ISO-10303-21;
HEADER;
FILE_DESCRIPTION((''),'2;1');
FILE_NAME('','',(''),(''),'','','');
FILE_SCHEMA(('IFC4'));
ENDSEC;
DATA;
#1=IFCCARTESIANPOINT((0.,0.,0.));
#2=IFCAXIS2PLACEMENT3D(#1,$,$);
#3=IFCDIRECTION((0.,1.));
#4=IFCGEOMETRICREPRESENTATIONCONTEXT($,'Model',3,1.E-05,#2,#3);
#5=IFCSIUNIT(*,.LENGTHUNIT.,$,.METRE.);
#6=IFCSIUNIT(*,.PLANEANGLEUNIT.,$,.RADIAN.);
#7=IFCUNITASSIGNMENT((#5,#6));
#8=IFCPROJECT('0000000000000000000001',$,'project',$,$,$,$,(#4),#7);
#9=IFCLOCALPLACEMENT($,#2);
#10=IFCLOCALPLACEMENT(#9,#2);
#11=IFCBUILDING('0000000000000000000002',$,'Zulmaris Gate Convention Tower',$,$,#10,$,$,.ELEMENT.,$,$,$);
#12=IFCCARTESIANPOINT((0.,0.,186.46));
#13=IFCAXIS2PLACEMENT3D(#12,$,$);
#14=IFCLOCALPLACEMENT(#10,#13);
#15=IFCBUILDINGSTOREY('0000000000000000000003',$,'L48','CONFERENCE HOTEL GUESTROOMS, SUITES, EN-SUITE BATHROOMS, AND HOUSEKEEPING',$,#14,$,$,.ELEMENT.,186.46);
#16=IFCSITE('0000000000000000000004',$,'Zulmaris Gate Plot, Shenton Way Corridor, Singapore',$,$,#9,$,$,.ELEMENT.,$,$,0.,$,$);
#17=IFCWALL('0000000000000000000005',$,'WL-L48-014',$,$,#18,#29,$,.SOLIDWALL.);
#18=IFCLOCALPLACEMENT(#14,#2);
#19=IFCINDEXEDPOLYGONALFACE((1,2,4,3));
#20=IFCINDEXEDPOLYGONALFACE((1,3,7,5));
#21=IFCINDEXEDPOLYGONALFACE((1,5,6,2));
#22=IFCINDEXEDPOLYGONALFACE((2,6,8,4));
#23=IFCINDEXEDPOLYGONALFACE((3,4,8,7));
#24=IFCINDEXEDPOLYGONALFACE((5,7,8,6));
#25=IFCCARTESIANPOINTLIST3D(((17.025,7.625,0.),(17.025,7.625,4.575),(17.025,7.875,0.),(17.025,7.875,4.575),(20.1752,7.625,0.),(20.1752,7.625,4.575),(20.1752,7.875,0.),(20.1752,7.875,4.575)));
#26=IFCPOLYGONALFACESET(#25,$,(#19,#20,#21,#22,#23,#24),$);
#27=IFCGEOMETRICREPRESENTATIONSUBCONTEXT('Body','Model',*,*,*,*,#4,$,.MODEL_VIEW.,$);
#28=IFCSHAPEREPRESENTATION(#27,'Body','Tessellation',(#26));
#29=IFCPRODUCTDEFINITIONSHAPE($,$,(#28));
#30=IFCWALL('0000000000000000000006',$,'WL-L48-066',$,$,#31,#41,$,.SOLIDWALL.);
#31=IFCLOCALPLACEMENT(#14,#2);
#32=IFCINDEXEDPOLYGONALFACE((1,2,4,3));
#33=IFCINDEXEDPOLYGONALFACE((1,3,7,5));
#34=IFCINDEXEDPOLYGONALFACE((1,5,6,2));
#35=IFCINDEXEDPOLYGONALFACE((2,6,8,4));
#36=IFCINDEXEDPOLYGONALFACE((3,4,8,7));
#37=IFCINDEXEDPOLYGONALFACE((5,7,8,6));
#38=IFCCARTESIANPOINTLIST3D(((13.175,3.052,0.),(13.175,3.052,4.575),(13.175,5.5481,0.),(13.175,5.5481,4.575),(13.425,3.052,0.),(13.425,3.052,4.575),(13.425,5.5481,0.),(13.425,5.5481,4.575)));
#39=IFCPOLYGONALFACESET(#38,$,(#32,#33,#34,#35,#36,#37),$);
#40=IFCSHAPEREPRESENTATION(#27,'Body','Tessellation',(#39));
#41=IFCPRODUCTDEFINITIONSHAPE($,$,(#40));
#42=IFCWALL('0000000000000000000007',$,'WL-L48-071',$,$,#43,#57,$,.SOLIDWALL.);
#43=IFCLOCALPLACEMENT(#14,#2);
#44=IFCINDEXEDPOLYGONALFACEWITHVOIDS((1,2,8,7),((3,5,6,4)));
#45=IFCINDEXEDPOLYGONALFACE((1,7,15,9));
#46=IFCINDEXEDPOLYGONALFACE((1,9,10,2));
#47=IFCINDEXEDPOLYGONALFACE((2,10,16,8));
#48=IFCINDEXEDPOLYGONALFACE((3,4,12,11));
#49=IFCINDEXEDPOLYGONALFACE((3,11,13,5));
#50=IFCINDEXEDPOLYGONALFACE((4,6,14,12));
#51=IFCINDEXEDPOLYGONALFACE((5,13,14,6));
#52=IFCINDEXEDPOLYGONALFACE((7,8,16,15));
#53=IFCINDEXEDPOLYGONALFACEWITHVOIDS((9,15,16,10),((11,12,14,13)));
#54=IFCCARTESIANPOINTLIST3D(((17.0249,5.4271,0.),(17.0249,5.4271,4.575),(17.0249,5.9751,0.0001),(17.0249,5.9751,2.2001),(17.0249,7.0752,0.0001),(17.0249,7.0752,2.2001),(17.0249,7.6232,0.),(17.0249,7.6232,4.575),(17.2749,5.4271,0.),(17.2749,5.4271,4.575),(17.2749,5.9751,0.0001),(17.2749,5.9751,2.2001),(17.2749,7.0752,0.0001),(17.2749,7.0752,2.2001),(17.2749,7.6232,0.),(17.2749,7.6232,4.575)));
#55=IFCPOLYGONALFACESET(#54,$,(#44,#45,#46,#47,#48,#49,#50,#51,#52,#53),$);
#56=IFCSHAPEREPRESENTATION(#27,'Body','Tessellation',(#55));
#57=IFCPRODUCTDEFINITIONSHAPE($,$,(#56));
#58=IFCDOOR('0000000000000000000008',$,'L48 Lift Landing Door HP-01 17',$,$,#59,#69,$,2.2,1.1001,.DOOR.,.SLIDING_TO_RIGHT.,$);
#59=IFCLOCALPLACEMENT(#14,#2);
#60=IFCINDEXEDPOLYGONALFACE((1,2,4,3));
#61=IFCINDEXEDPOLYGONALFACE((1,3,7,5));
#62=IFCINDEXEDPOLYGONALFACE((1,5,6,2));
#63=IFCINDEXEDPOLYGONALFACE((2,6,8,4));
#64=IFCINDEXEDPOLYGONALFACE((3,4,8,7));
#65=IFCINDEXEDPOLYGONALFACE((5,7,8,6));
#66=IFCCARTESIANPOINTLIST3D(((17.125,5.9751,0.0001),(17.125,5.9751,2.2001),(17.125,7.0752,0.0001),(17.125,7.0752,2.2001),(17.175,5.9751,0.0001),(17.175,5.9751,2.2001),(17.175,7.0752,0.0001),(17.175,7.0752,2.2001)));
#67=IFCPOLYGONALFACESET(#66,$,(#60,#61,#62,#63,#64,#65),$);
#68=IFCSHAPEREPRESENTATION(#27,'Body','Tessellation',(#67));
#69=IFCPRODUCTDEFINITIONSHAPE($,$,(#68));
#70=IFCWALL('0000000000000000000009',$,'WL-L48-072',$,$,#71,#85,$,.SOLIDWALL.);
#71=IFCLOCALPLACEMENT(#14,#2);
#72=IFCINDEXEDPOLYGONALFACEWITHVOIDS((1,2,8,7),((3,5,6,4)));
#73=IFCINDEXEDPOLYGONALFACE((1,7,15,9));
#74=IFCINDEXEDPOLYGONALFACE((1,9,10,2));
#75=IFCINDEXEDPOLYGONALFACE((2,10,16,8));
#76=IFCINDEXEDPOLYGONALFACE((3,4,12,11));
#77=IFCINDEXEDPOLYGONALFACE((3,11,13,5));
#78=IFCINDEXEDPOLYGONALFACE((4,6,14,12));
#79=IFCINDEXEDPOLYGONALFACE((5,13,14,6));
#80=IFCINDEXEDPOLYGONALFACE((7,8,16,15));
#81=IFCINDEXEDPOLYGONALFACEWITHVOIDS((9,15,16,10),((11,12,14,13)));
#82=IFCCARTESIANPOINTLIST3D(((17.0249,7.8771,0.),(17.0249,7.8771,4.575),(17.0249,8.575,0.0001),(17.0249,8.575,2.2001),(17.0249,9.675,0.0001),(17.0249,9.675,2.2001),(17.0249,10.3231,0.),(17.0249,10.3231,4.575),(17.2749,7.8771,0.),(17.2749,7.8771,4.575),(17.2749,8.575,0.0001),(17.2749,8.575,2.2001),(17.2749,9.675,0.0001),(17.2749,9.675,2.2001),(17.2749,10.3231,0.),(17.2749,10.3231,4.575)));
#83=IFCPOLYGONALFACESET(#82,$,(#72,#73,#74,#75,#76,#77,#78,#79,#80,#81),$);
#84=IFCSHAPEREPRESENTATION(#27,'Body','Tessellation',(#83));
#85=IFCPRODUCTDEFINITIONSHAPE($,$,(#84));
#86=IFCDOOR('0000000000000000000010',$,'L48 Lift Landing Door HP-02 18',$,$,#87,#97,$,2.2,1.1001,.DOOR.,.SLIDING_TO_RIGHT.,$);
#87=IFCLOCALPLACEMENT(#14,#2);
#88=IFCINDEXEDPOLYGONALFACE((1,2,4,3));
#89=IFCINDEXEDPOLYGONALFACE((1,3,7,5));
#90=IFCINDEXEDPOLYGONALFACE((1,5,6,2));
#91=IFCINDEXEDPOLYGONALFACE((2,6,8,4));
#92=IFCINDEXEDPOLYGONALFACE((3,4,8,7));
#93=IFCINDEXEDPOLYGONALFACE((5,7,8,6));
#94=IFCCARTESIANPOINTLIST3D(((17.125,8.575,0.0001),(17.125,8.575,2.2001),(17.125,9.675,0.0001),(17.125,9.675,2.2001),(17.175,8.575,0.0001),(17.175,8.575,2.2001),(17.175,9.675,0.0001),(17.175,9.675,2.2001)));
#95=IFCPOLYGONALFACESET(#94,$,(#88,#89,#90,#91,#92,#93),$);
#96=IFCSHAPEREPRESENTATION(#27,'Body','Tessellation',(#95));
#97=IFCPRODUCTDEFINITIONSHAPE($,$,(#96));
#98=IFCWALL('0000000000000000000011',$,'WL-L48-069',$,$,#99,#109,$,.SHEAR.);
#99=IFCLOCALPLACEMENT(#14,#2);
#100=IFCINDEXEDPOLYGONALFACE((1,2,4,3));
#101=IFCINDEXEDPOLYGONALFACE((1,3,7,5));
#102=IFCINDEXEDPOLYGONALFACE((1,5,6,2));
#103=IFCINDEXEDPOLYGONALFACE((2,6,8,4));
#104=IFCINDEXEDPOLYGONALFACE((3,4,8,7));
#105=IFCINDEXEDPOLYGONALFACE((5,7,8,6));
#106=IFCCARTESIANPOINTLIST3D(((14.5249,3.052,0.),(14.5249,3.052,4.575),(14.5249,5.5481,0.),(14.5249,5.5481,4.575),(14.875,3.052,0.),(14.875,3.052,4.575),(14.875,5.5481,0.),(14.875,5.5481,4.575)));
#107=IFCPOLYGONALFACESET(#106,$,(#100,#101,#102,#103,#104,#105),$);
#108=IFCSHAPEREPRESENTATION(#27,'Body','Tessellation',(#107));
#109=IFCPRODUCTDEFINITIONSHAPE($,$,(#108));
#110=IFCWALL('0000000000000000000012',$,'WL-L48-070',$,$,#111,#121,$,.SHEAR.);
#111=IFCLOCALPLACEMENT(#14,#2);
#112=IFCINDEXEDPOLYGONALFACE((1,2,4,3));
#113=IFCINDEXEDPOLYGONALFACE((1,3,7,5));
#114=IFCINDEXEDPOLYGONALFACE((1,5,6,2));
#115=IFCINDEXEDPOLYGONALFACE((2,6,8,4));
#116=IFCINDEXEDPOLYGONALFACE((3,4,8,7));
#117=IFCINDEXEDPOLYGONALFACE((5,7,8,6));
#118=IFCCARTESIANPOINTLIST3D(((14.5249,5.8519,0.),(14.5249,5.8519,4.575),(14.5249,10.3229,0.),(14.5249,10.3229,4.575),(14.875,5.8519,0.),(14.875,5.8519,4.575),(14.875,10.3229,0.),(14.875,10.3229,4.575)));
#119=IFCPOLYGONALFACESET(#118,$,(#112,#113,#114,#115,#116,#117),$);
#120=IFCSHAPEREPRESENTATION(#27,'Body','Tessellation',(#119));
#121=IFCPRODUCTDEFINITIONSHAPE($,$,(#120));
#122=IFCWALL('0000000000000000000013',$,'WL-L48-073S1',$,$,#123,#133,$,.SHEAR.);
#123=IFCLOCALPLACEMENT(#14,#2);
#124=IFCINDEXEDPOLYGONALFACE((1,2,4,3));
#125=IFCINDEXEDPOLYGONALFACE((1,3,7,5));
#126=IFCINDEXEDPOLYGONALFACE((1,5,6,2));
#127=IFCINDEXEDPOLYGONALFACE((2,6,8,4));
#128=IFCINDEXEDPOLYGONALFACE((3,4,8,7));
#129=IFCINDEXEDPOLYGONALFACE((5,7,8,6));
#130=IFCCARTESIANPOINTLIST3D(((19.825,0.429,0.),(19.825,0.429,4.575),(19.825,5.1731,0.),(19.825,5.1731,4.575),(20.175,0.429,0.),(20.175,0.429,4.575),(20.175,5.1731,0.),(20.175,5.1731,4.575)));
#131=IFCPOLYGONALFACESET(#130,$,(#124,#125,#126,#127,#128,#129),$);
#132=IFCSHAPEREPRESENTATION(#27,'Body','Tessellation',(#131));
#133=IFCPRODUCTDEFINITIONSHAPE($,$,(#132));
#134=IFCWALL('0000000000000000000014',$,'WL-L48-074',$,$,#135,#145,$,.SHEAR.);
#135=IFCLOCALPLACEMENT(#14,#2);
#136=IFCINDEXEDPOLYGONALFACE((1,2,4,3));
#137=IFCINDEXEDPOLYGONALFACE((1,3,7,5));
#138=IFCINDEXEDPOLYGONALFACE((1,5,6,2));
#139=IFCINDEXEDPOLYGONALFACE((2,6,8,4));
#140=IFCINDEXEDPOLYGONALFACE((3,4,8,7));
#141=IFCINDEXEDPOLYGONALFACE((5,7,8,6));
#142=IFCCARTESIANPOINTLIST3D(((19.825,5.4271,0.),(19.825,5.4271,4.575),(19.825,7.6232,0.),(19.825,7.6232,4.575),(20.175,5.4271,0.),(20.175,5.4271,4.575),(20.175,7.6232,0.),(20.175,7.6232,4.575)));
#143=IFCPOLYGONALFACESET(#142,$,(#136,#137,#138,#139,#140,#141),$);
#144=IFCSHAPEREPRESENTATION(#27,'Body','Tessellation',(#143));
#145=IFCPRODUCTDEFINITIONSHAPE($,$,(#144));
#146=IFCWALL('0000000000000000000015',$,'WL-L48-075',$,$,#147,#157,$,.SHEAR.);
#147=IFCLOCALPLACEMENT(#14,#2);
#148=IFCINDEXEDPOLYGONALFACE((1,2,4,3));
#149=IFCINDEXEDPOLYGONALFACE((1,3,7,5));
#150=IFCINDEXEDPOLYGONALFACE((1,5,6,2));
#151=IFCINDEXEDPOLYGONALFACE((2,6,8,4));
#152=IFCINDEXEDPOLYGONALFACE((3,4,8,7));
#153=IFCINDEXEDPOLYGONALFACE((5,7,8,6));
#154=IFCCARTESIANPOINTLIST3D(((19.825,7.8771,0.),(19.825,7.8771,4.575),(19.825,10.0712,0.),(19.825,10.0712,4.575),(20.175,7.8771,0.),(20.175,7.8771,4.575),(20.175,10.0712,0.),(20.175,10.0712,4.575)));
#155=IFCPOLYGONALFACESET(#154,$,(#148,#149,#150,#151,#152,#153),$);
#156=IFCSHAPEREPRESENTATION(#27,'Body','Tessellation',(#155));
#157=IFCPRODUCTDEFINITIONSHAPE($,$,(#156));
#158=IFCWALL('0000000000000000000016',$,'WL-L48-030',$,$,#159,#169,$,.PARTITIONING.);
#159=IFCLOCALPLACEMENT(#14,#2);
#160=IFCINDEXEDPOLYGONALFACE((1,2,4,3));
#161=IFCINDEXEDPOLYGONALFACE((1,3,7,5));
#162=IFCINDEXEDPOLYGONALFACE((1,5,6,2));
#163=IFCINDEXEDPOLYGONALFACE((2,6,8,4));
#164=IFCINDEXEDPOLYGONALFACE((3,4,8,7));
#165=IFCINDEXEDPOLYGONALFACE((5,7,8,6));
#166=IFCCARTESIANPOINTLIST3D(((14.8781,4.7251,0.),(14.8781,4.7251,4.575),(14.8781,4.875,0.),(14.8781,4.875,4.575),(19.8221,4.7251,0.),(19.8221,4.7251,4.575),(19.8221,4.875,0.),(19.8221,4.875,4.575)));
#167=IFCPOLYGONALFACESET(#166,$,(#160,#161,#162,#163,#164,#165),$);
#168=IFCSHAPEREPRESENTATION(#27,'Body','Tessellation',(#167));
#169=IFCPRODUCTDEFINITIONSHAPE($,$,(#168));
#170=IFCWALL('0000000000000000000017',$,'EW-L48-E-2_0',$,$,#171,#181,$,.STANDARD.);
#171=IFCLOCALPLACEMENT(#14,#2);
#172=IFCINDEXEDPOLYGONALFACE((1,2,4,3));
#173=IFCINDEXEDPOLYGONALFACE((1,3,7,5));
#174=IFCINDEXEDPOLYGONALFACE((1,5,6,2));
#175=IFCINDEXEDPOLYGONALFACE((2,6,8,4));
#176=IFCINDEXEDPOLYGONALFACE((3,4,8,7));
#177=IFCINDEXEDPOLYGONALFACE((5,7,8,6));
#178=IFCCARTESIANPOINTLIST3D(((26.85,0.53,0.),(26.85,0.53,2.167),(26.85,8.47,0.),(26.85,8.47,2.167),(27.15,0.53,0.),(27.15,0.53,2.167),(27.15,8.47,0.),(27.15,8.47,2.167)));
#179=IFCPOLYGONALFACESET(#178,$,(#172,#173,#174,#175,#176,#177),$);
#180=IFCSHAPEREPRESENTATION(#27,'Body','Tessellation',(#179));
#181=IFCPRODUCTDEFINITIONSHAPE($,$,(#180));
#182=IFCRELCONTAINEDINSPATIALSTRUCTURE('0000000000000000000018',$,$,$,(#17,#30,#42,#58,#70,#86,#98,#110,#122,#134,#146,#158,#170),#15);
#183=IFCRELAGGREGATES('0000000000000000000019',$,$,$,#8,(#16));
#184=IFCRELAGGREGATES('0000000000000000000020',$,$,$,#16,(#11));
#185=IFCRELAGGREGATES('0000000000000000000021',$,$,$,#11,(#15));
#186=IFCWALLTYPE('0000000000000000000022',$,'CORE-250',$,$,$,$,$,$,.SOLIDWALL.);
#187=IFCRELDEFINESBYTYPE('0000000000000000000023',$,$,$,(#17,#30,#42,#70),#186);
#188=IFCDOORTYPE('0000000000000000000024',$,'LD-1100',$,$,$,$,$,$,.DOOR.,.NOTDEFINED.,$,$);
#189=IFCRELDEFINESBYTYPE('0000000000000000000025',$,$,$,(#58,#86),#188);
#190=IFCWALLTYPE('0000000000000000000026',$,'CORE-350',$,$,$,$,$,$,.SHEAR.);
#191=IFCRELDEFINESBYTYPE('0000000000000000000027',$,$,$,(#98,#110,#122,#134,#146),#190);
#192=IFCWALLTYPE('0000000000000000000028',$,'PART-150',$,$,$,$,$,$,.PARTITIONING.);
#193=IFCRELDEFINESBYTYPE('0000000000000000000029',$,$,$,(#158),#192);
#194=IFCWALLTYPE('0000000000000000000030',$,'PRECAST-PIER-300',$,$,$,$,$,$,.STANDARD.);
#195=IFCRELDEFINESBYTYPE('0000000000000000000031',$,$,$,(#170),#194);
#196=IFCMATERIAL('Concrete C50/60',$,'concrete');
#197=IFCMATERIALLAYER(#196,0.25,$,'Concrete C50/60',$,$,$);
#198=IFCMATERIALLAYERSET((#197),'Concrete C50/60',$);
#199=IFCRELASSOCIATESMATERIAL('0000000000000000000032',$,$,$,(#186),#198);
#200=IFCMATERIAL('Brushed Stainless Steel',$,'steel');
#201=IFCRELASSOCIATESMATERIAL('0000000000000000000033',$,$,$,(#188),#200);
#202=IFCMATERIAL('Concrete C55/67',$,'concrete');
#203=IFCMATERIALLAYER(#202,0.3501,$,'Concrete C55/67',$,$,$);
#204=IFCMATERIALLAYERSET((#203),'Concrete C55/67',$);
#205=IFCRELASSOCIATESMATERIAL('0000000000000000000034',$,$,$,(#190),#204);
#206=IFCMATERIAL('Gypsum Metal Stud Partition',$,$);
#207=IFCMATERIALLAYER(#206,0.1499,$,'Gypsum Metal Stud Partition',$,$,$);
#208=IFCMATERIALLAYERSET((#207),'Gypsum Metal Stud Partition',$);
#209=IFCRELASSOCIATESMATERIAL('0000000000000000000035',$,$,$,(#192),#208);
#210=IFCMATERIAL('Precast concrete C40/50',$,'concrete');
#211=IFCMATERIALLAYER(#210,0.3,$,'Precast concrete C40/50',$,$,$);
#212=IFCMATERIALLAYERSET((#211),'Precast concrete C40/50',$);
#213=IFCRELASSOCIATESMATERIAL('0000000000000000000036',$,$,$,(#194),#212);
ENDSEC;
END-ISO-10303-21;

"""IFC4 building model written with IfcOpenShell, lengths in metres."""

from ifc_helpers import new_model, si_unit, direction, frame, frame_2d, origin, place, context, subcontext, project, spatial, rectangle, extrude, material, layer, layer_set, type_object, element, fill, save


model = new_model("IFC4")

# Units and contexts
model_context = context("Model", 3, precision=1e-05, world=origin(), true_north=direction((0.0, 1.0)))
body_context = subcontext(model_context, "Body", "Model", "MODEL_VIEW")
ifc_project = project(units=[si_unit("LENGTHUNIT", "METRE"), si_unit("PLANEANGLEUNIT", "RADIAN")], contexts=[model_context])

# Site, building, storey
site_placement = place(None, origin())
site = spatial("IfcSite", under=ifc_project, at=site_placement, Name="Zulmaris Gate Plot, Shenton Way Corridor, Singapore", CompositionType="ELEMENT", RefElevation=0.0)
building_placement = place(site_placement, origin())
building = spatial("IfcBuilding", under=site, at=building_placement, Name="Zulmaris Gate Convention Tower", CompositionType="ELEMENT")
storey_placement = place(building_placement, frame((0.0, 0.0, 186.46)))
storey = spatial("IfcBuildingStorey", under=building, at=storey_placement, Name="L48", Description="CONFERENCE HOTEL GUESTROOMS, SUITES, EN-SUITE BATHROOMS, AND HOUSEKEEPING", CompositionType="ELEMENT", Elevation=186.46)

# Shared definitions
ifc_material_1 = material(Name="Concrete C50/60", Category="concrete")

# Walls
ifc_layer_1 = layer(ifc_material_1, 0.25, Name="Concrete C50/60")
ifc_layer_set_1 = layer_set([ifc_layer_1], Name="Concrete C50/60")
wall_type_1 = type_object("IfcWallType", Name="CORE-250", PredefinedType="SOLIDWALL", material=ifc_layer_set_1)
for number, where, z_axis, x_axis, name in (
    (1, (17.0249, 7.75, 0.0), (0.0, 0.0, 1.0), (1.0, 0.0, 0.0), "WL-L48-014"),
):
    element("IfcWall", number, at=place(storey_placement, frame(where, z_axis=z_axis, x_axis=x_axis)), inside=storey, type_object=wall_type_1, Name=name, PredefinedType="SOLIDWALL", context=body_context, shape_type="SweptSolid", body=[
        extrude(rectangle(XDim=3.1501, YDim=0.25, at=frame_2d((1.5752, 0.0))), origin(), (0.0, 0.0, 1.0), 4.575),
    ])
wall_1_placement = place(storey_placement, frame((13.3, 3.052, 0.0), z_axis=(0.0, 0.0, 1.0), x_axis=(0.0, 1.0, 0.0)))
element("IfcWall", 2, at=wall_1_placement, inside=storey, type_object=wall_type_1, Name="WL-L48-066", PredefinedType="SOLIDWALL", context=body_context, shape_type="SweptSolid", body=[
    extrude(rectangle(XDim=2.4961, YDim=0.25, at=frame_2d((1.248, 0.0))), origin(), (0.0, 0.0, 1.0), 4.575),
])

# Walls, openings, doors
wall_2_placement = place(storey_placement, frame((17.1499, 5.427, 0.0), z_axis=(0.0, 0.0, 1.0), x_axis=(0.0, 1.0, 0.0)))
wall_2 = element("IfcWall", 3, at=wall_2_placement, inside=storey, type_object=wall_type_1, Name="WL-L48-071", PredefinedType="SOLIDWALL", context=body_context, shape_type="SweptSolid", body=[
    extrude(rectangle(XDim=2.196, YDim=0.25, at=frame_2d((1.0981, 0.0))), origin(), (0.0, 0.0, 1.0), 4.575),
])
opening_1_placement = place(wall_2_placement, frame((0.5481, 0.0, 0.0)))
opening_1 = element("IfcOpeningElement", 4, at=opening_1_placement, cuts=wall_2, PredefinedType="OPENING", context=body_context, shape_type="SweptSolid", body=[
    extrude(rectangle(XDim=1.1001, YDim=2.2, at=frame_2d((0.55, 1.1001))), frame((0.0, 0.135, 0.0), z_axis=(0.0, -1.0, 0.0), x_axis=(1.0, 0.0, 0.0)), (0.0, 0.0, 1.0), 0.27),
])
ifc_material_2 = material(Name="Brushed Stainless Steel", Category="steel")
door_type = type_object("IfcDoorType", Name="LD-1100", OperationType="NOTDEFINED", PredefinedType="DOOR", material=ifc_material_2)
door_1_placement = place(opening_1_placement, origin())
door_1 = element("IfcDoor", 5, at=door_1_placement, inside=storey, type_object=door_type, Name="L48 Lift Landing Door HP-01 17", OperationType="SLIDING_TO_RIGHT", OverallHeight=2.2, OverallWidth=1.1001, PredefinedType="DOOR", context=body_context, shape_type="SweptSolid", body=[
    extrude(rectangle(XDim=1.1001, YDim=2.2, at=frame_2d((0.55, 1.1001))), frame((0.0, 0.0249, 0.0), z_axis=(0.0, -1.0, 0.0), x_axis=(1.0, 0.0, 0.0)), (0.0, 0.0, 1.0), 0.05),
])
fill(opening_1, door_1)
wall_3_placement = place(storey_placement, frame((17.1499, 7.877, 0.0), z_axis=(0.0, 0.0, 1.0), x_axis=(0.0, 1.0, 0.0)))
wall_3 = element("IfcWall", 6, at=wall_3_placement, inside=storey, type_object=wall_type_1, Name="WL-L48-072", PredefinedType="SOLIDWALL", context=body_context, shape_type="SweptSolid", body=[
    extrude(rectangle(XDim=2.446, YDim=0.25, at=frame_2d((1.2231, 0.0))), origin(), (0.0, 0.0, 1.0), 4.575),
])
opening_2_placement = place(wall_3_placement, frame((0.698, 0.0, 0.0)))
opening_2 = element("IfcOpeningElement", 7, at=opening_2_placement, cuts=wall_3, PredefinedType="OPENING", context=body_context, shape_type="SweptSolid", body=[
    extrude(rectangle(XDim=1.1001, YDim=2.2, at=frame_2d((0.55, 1.1001))), frame((0.0, 0.135, 0.0), z_axis=(0.0, -1.0, 0.0), x_axis=(1.0, 0.0, 0.0)), (0.0, 0.0, 1.0), 0.27),
])
door_2_placement = place(opening_2_placement, origin())
door_2 = element("IfcDoor", 8, at=door_2_placement, inside=storey, type_object=door_type, Name="L48 Lift Landing Door HP-02 18", OperationType="SLIDING_TO_RIGHT", OverallHeight=2.2, OverallWidth=1.1001, PredefinedType="DOOR", context=body_context, shape_type="SweptSolid", body=[
    extrude(rectangle(XDim=1.1001, YDim=2.2, at=frame_2d((0.55, 1.1001))), frame((0.0, 0.0249, 0.0), z_axis=(0.0, -1.0, 0.0), x_axis=(1.0, 0.0, 0.0)), (0.0, 0.0, 1.0), 0.05),
])
fill(opening_2, door_2)

# Walls
ifc_material_3 = material(Name="Concrete C55/67", Category="concrete")
ifc_layer_2 = layer(ifc_material_3, 0.3501, Name="Concrete C55/67")
ifc_layer_set_2 = layer_set([ifc_layer_2], Name="Concrete C55/67")
wall_type_2 = type_object("IfcWallType", Name="CORE-350", PredefinedType="SHEAR", material=ifc_layer_set_2)
wall_4_placement = place(storey_placement, frame((14.7, 3.052, 0.0), z_axis=(0.0, 0.0, 1.0), x_axis=(0.0, 1.0, 0.0)))
element("IfcWall", 9, at=wall_4_placement, inside=storey, type_object=wall_type_2, Name="WL-L48-069", PredefinedType="SHEAR", context=body_context, shape_type="SweptSolid", body=[
    extrude(rectangle(XDim=2.4961, YDim=0.3501, at=frame_2d((1.248, 0.0))), origin(), (0.0, 0.0, 1.0), 4.575),
])
wall_5_placement = place(storey_placement, frame((14.7, 5.8521, 0.0), z_axis=(0.0, 0.0, 1.0), x_axis=(0.0, 1.0, 0.0)))
element("IfcWall", 10, at=wall_5_placement, inside=storey, type_object=wall_type_2, Name="WL-L48-070", PredefinedType="SHEAR", context=body_context, shape_type="SweptSolid", body=[
    extrude(rectangle(XDim=4.4709, YDim=0.3501, at=frame_2d((2.2354, 0.0))), origin(), (0.0, 0.0, 1.0), 4.575),
])
wall_6_placement = place(storey_placement, frame((20.0, 0.429, 0.0), z_axis=(0.0, 0.0, 1.0), x_axis=(0.0, 1.0, 0.0)))
element("IfcWall", 11, at=wall_6_placement, inside=storey, type_object=wall_type_2, Name="WL-L48-073S1", PredefinedType="SHEAR", context=body_context, shape_type="SweptSolid", body=[
    extrude(rectangle(XDim=4.7441, YDim=0.3501, at=frame_2d((2.3721, 0.0))), origin(), (0.0, 0.0, 1.0), 4.575),
])
wall_7_placement = place(storey_placement, frame((20.0, 5.427, 0.0), z_axis=(0.0, 0.0, 1.0), x_axis=(0.0, 1.0, 0.0)))
element("IfcWall", 12, at=wall_7_placement, inside=storey, type_object=wall_type_2, Name="WL-L48-074", PredefinedType="SHEAR", context=body_context, shape_type="SweptSolid", body=[
    extrude(rectangle(XDim=2.196, YDim=0.3501, at=frame_2d((1.0981, 0.0))), origin(), (0.0, 0.0, 1.0), 4.575),
])
wall_8_placement = place(storey_placement, frame((20.0, 7.877, 0.0), z_axis=(0.0, 0.0, 1.0), x_axis=(0.0, 1.0, 0.0)))
element("IfcWall", 13, at=wall_8_placement, inside=storey, type_object=wall_type_2, Name="WL-L48-075", PredefinedType="SHEAR", context=body_context, shape_type="SweptSolid", body=[
    extrude(rectangle(XDim=2.1941, YDim=0.3501, at=frame_2d((1.0972, 0.0))), origin(), (0.0, 0.0, 1.0), 4.575),
])
ifc_material_4 = material(Name="Gypsum Metal Stud Partition")
ifc_layer_3 = layer(ifc_material_4, 0.1499, Name="Gypsum Metal Stud Partition")
ifc_layer_set_3 = layer_set([ifc_layer_3], Name="Gypsum Metal Stud Partition")
wall_type_3 = type_object("IfcWallType", Name="PART-150", PredefinedType="PARTITIONING", material=ifc_layer_set_3)
wall_9_placement = place(storey_placement, frame((14.8779, 4.8, 0.0), z_axis=(0.0, 0.0, 1.0), x_axis=(1.0, 0.0, 0.0)))
element("IfcWall", 14, at=wall_9_placement, inside=storey, type_object=wall_type_3, Name="WL-L48-030", PredefinedType="PARTITIONING", context=body_context, shape_type="SweptSolid", body=[
    extrude(rectangle(XDim=4.9441, YDim=0.1499, at=frame_2d((2.4722, 0.0))), origin(), (0.0, 0.0, 1.0), 4.575),
])
ifc_material_5 = material(Name="Precast concrete C40/50", Category="concrete")
ifc_layer_4 = layer(ifc_material_5, 0.3, Name="Precast concrete C40/50")
ifc_layer_set_4 = layer_set([ifc_layer_4], Name="Precast concrete C40/50")
wall_type_4 = type_object("IfcWallType", Name="PRECAST-PIER-300", PredefinedType="STANDARD", material=ifc_layer_set_4)
wall_10_placement = place(storey_placement, frame((27.0, 0.53, 0.0), z_axis=(0.0, 0.0, 1.0), x_axis=(0.0, 1.0, 0.0)))
element("IfcWall", 15, at=wall_10_placement, inside=storey, type_object=wall_type_4, Name="EW-L48-E-2_0", PredefinedType="STANDARD", context=body_context, shape_type="SweptSolid", body=[
    extrude(rectangle(XDim=7.9399, YDim=0.3, at=frame_2d((3.97, 0.0))), origin(), (0.0, 0.0, 1.0), 2.167),
])

save(model, "model.ifc")
